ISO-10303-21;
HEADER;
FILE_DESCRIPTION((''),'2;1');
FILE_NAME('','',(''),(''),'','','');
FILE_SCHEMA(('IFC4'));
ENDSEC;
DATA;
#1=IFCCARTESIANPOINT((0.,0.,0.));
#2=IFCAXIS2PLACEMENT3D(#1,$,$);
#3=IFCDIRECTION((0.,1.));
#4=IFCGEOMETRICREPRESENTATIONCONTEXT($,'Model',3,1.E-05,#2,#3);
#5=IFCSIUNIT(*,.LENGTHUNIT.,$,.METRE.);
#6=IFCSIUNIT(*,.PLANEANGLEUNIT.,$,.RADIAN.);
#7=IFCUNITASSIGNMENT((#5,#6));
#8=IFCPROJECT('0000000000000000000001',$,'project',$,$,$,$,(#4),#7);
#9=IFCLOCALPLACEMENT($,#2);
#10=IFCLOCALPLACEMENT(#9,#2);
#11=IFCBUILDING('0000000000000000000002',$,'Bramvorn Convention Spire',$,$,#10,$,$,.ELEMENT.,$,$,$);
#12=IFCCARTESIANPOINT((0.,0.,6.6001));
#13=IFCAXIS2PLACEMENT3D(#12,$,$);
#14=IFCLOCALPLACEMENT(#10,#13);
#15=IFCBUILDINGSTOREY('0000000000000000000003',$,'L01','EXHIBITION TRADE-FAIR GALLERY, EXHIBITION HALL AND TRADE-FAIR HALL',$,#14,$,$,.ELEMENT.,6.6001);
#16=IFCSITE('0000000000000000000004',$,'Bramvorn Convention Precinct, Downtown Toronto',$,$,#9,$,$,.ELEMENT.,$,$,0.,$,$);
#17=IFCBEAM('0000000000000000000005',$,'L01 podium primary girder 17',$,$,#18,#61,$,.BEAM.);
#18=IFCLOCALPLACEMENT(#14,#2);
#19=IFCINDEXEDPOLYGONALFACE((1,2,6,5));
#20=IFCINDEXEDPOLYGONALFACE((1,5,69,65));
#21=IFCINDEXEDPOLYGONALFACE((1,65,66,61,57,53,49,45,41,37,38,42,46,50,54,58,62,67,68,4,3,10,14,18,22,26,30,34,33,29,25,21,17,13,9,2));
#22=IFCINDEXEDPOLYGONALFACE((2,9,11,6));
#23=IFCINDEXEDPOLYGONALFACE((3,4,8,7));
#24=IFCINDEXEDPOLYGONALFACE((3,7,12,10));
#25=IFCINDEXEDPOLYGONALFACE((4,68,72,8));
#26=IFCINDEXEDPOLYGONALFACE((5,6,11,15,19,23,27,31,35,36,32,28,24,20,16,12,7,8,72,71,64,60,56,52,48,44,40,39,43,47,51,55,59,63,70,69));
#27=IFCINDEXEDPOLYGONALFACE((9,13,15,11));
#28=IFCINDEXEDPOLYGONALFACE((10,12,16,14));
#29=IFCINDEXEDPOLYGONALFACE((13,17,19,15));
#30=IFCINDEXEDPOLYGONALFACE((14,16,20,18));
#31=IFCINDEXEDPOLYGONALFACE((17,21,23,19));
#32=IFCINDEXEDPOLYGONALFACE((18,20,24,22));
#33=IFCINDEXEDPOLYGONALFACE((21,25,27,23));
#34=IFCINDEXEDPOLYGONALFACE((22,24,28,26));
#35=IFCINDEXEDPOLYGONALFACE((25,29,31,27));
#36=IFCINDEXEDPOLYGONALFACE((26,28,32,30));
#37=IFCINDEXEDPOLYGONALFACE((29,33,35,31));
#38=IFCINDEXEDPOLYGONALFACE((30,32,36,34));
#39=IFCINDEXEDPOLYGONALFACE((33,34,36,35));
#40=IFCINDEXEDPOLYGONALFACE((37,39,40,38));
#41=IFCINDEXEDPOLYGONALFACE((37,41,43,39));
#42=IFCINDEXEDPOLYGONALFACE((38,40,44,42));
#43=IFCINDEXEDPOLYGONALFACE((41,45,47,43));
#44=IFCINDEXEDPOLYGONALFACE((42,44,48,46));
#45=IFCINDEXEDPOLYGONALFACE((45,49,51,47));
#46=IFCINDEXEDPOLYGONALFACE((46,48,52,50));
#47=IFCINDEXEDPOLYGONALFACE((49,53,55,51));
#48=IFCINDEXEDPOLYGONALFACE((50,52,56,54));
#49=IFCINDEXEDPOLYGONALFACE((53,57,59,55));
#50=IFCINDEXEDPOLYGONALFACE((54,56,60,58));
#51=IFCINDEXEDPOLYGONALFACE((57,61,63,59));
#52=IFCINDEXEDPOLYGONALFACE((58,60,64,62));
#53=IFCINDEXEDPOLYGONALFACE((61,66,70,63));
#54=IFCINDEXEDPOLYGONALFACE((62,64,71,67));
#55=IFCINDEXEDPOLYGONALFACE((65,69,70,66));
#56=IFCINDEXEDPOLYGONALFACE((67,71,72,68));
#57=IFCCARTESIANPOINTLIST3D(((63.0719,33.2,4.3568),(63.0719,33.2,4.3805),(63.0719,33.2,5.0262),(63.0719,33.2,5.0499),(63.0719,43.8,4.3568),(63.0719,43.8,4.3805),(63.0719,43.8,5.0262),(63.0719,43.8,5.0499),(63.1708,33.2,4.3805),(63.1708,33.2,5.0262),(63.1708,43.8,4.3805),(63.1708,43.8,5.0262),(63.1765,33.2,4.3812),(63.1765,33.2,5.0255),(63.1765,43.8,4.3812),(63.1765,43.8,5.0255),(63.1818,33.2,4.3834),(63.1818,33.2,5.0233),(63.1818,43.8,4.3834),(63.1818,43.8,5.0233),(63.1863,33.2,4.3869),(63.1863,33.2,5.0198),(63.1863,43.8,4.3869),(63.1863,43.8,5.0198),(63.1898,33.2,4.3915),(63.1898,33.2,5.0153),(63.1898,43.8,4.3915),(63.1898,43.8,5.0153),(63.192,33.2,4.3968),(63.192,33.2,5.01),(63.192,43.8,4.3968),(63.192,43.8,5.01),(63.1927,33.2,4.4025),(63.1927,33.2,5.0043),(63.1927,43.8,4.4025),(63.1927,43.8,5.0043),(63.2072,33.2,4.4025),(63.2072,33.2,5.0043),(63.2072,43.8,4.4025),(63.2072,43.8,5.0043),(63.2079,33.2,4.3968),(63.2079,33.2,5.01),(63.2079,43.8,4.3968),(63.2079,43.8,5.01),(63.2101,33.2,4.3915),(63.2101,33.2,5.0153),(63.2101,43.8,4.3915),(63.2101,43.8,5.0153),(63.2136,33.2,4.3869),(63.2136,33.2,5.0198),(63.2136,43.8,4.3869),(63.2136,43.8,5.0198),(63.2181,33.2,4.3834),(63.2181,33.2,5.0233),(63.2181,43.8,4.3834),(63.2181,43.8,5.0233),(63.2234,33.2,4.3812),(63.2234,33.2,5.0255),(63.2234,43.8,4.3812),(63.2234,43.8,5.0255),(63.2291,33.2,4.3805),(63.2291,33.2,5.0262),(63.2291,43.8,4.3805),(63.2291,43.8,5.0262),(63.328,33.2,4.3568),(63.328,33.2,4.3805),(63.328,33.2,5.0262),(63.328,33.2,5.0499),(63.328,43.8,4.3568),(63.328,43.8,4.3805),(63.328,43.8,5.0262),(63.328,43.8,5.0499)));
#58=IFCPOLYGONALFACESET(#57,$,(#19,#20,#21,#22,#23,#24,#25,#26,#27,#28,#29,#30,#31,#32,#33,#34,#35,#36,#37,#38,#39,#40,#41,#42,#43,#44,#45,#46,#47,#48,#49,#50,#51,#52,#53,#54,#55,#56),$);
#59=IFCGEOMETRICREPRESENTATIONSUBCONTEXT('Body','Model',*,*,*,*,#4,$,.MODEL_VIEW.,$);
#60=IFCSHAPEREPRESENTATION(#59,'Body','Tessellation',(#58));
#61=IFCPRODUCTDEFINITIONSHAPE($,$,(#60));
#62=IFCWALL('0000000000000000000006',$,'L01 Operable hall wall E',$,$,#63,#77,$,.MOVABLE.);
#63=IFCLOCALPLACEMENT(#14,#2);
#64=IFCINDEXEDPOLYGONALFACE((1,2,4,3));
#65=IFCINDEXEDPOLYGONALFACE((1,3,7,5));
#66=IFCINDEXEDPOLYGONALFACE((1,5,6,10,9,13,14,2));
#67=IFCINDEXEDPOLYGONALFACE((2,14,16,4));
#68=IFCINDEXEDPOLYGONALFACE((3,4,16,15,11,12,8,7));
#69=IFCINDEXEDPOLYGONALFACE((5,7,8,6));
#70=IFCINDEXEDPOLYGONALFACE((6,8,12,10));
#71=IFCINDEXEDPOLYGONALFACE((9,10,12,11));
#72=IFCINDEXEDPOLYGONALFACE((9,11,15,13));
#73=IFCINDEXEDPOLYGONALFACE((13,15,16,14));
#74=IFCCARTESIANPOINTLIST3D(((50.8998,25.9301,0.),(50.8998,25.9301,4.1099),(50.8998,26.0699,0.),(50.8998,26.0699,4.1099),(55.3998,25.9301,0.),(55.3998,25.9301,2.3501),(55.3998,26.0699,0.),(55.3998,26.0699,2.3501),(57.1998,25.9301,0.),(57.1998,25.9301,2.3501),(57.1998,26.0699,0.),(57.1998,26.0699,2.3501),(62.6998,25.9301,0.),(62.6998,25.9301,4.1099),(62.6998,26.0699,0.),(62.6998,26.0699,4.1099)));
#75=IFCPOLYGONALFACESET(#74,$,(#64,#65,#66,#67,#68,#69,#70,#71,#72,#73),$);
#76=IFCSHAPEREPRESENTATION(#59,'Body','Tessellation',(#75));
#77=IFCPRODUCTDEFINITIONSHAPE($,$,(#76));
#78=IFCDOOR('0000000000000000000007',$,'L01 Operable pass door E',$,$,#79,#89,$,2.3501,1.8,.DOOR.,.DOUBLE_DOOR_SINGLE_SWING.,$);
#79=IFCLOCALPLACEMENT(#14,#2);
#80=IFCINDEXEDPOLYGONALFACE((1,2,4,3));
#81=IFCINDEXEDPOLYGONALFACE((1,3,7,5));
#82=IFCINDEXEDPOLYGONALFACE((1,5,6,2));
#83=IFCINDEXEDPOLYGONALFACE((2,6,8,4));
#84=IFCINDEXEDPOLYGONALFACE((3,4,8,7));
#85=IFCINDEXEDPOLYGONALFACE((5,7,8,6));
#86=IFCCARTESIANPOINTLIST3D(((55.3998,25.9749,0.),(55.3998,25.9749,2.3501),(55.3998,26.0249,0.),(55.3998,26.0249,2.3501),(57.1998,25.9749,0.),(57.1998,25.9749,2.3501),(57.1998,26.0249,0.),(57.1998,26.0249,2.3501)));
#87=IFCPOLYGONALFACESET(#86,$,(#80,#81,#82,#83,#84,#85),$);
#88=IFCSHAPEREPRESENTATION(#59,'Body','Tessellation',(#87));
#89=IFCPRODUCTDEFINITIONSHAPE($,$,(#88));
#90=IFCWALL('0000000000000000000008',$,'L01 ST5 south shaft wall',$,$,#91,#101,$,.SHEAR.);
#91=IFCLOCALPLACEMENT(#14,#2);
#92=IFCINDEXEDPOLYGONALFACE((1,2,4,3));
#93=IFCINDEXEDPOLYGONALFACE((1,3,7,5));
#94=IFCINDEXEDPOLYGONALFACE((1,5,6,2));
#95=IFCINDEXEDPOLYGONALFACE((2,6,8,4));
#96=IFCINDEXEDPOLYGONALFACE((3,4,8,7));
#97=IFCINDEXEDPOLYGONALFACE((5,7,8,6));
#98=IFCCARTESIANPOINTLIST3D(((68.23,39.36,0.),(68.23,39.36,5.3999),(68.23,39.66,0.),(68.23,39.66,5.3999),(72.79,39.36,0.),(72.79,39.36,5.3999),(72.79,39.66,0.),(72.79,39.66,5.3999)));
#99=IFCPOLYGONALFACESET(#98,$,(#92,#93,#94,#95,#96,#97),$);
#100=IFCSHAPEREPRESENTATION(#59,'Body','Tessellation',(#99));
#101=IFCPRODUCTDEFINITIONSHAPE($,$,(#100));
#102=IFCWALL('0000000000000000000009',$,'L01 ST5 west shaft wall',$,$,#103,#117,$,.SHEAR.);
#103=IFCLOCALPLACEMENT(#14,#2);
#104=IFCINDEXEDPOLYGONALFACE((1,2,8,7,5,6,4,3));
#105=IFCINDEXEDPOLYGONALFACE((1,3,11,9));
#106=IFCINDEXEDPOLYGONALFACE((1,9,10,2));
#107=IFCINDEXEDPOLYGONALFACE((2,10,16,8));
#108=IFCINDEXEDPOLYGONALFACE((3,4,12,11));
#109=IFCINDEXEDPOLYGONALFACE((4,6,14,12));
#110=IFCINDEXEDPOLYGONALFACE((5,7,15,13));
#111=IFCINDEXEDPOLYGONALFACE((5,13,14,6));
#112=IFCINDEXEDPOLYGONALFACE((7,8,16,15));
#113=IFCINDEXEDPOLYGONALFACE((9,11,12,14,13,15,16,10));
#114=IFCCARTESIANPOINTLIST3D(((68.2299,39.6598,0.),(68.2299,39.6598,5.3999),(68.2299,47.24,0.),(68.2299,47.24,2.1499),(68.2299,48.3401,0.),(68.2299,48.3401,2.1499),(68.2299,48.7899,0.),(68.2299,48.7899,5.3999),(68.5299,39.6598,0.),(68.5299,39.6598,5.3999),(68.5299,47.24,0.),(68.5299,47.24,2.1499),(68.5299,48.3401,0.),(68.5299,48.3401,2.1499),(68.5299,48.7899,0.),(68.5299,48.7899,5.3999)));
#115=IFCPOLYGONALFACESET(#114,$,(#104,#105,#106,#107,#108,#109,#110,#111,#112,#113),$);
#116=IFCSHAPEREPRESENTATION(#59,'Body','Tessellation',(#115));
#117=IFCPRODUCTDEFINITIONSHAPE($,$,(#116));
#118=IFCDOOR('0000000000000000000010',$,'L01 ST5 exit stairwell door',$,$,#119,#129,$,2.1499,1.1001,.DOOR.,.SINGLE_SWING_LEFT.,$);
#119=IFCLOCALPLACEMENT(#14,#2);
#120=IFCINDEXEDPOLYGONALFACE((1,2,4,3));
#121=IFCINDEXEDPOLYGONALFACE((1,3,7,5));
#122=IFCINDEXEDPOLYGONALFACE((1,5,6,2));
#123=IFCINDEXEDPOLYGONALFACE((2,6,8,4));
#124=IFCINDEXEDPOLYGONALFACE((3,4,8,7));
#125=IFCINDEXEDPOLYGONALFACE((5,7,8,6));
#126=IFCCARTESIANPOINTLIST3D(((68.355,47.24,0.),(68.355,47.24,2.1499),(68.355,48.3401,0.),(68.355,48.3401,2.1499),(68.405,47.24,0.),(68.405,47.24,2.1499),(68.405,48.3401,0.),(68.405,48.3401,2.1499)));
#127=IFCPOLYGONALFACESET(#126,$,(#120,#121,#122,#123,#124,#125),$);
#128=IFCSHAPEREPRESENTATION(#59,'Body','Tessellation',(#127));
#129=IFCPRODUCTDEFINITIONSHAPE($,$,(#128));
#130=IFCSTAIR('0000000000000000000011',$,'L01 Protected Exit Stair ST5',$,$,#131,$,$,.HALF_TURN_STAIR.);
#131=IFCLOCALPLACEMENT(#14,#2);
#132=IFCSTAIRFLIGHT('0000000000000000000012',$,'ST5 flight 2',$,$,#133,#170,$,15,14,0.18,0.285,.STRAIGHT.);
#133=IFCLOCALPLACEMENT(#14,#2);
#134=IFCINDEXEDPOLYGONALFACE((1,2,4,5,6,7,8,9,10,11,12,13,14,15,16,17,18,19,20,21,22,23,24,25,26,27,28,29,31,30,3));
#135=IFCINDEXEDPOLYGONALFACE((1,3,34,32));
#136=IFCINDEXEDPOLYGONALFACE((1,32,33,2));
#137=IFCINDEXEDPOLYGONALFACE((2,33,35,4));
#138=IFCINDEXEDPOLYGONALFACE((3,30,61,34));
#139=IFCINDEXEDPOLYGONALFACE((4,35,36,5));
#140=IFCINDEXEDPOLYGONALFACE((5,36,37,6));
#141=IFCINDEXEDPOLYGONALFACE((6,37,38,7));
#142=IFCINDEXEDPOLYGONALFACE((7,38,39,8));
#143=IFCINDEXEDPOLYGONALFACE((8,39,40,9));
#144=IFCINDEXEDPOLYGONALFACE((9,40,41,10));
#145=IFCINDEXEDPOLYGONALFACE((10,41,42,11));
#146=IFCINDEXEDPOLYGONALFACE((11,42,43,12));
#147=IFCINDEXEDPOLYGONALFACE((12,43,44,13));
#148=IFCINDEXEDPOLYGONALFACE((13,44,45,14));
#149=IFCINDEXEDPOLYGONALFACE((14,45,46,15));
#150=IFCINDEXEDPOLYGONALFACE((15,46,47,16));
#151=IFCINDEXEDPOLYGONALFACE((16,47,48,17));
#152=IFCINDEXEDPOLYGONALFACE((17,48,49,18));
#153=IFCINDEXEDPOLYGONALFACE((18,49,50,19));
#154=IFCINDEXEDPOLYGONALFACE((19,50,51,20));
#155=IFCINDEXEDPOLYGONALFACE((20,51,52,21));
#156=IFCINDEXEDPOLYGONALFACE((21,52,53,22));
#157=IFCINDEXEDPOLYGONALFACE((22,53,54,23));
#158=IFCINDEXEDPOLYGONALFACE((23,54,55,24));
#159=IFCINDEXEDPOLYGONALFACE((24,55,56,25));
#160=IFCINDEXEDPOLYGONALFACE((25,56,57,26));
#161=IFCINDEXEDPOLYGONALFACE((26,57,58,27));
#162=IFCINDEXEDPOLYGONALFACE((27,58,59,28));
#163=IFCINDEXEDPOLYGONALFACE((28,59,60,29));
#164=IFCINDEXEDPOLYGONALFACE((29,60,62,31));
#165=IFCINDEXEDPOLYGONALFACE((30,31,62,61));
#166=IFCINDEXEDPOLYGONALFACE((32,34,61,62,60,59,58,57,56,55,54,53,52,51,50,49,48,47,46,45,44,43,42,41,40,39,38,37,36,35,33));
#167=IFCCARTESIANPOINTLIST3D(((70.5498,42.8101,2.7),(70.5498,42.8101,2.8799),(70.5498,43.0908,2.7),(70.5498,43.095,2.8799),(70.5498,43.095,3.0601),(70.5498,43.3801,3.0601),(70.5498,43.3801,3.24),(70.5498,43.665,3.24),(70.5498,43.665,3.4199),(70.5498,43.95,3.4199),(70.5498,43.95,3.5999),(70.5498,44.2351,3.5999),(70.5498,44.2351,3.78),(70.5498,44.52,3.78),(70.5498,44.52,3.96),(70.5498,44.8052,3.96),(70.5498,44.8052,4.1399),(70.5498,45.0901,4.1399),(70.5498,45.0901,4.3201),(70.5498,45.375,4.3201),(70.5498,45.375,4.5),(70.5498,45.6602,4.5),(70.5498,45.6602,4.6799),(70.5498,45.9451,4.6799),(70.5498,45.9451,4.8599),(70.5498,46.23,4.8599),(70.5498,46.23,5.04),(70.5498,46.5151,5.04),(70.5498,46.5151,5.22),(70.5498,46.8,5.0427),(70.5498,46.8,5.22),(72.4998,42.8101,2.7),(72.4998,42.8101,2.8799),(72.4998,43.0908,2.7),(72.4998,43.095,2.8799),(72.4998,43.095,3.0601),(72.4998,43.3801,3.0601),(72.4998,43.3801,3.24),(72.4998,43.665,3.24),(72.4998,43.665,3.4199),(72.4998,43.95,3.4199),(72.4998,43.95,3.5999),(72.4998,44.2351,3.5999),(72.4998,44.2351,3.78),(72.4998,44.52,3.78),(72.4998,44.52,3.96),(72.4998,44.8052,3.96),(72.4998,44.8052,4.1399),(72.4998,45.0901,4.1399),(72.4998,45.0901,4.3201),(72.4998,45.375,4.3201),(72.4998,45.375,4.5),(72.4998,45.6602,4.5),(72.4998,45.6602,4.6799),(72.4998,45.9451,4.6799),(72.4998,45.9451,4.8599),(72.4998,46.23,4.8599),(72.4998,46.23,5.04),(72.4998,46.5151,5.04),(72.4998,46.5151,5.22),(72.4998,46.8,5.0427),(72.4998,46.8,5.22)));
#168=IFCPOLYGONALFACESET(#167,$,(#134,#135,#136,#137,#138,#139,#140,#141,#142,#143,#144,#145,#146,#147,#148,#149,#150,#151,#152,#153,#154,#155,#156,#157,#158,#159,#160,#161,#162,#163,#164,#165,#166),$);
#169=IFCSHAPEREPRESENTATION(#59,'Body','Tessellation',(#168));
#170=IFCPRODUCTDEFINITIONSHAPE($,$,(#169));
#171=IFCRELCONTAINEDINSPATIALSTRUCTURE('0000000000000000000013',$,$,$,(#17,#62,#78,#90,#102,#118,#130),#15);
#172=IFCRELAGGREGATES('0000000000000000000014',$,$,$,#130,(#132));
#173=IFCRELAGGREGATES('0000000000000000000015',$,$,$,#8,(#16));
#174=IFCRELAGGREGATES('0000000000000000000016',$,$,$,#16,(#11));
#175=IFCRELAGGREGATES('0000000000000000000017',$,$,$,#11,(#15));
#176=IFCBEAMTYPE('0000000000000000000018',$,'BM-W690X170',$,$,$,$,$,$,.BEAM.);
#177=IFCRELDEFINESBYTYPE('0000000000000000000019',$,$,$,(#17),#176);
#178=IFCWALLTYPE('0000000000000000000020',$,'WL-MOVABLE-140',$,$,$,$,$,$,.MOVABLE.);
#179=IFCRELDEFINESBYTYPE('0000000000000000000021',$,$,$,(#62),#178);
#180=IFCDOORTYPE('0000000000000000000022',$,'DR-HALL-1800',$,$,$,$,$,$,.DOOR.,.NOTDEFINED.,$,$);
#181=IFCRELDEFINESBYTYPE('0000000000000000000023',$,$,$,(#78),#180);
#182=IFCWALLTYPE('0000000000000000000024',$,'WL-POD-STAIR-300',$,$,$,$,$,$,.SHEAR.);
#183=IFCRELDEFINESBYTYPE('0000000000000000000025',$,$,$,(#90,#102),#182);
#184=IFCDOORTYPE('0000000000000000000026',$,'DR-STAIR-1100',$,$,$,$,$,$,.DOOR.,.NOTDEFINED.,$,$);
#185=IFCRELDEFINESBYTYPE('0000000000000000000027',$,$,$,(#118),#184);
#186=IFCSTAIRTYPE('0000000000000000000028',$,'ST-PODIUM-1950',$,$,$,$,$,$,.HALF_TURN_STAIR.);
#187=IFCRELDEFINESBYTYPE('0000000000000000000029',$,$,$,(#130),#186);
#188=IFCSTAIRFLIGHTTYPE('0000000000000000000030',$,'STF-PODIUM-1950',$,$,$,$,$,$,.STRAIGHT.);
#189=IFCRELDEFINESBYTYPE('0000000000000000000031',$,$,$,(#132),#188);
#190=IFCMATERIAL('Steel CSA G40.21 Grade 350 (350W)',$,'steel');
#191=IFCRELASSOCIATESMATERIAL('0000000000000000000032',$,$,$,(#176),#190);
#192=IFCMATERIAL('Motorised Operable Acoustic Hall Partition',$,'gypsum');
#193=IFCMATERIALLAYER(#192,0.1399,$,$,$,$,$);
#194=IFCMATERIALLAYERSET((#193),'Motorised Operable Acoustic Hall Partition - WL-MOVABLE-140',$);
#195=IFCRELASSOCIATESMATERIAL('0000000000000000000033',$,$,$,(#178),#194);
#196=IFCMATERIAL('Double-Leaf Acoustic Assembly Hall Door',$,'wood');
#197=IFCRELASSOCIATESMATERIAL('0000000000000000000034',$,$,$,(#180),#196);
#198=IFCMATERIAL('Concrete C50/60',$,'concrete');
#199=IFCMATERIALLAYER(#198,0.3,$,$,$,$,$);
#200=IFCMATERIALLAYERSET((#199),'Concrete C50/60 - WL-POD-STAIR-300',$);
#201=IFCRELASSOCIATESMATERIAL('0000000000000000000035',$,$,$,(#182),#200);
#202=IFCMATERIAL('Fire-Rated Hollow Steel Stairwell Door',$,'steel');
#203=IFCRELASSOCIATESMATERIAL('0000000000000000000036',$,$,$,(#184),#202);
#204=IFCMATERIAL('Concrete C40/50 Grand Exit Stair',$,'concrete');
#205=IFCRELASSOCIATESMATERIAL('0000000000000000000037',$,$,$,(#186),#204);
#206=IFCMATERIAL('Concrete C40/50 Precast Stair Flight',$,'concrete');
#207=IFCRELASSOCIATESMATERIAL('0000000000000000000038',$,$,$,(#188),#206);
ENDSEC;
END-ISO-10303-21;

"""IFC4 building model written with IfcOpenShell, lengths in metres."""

from ifc_helpers import new_model, si_unit, direction, frame, frame_2d, origin, origin_2d, place, context, subcontext, project, spatial, polyline, rectangle, i_section, outline, extrude, material, layer, layer_set, material_profile, profile_set, type_object, element, fill, aggregate, save


model = new_model("IFC4")

# Units and contexts
model_context = context("Model", 3, precision=1e-05, world=origin(), true_north=direction((0.0, 1.0)))
body_context = subcontext(model_context, "Body", "Model", "MODEL_VIEW")
ifc_project = project(units=[si_unit("LENGTHUNIT", "METRE"), si_unit("PLANEANGLEUNIT", "RADIAN")], contexts=[model_context])

# Site, building, storey
site_placement = place(None, origin())
site = spatial("IfcSite", under=ifc_project, at=site_placement, Name="Bramvorn Convention Precinct, Downtown Toronto", CompositionType="ELEMENT", RefElevation=0.0)
building_placement = place(site_placement, origin())
building = spatial("IfcBuilding", under=site, at=building_placement, Name="Bramvorn Convention Spire", CompositionType="ELEMENT")
storey_placement = place(building_placement, frame((0.0, 0.0, 6.6001)))
storey = spatial("IfcBuildingStorey", under=building, at=storey_placement, Name="L01", Description="EXHIBITION TRADE-FAIR GALLERY, EXHIBITION HALL AND TRADE-FAIR HALL", CompositionType="ELEMENT", Elevation=6.6001)

# Shared definitions
ifc_material_1 = material(Name="Steel CSA G40.21 Grade 350 (350W)", Category="steel")

# Beam
ifc_material_profile_1 = material_profile(ifc_material_1, i_section(OverallWidth=0.2561, OverallDepth=0.6931, WebThickness=0.0144, FlangeThickness=0.0237, FilletRadius=0.022, at=origin_2d()))
ifc_profile_set_1 = profile_set([ifc_material_profile_1], Name="Steel CSA G40.21 Grade 350 (350W) - W690X170")
beam_type_1 = type_object("IfcBeamType", Name="BM-W690X170", PredefinedType="BEAM", material=ifc_profile_set_1)
beam_1_placement = place(storey_placement, frame((63.2, 33.2, 4.7034), z_axis=(0.0, 1.0, 0.0), x_axis=(-1.0, 0.0, 0.0)))
element("IfcBeam", 1, at=beam_1_placement, inside=storey, type_object=beam_type_1, Name="L01 podium primary girder 17", PredefinedType="BEAM", context=body_context, shape_type="SweptSolid", body=[
    extrude(i_section(OverallWidth=0.2561, OverallDepth=0.6931, WebThickness=0.0144, FlangeThickness=0.0237, FilletRadius=0.022, at=origin_2d()), origin(), (0.0, 0.0, 1.0), 10.6001),
])

# Wall, opening, door
ifc_material_2 = material(Name="Motorised Operable Acoustic Hall Partition", Category="gypsum")
ifc_layer_1 = layer(ifc_material_2, 0.1399)
ifc_layer_set_1 = layer_set([ifc_layer_1], Name="Motorised Operable Acoustic Hall Partition - WL-MOVABLE-140")
wall_type_1 = type_object("IfcWallType", Name="WL-MOVABLE-140", PredefinedType="MOVABLE", material=ifc_layer_set_1)
wall_1_placement = place(storey_placement, frame((50.8999, 26.0, 0.0), z_axis=(0.0, 0.0, 1.0), x_axis=(1.0, 0.0, 0.0)))
wall_1 = element("IfcWall", 2, at=wall_1_placement, inside=storey, type_object=wall_type_1, Name="L01 Operable hall wall E", PredefinedType="MOVABLE", context=body_context, shape_type="SweptSolid", body=[
    extrude(rectangle(XDim=11.8, YDim=0.1399, at=frame_2d((5.8999, 0.0))), origin(), (0.0, 0.0, 1.0), 4.1099),
])
opening_1_placement = place(wall_1_placement, frame((4.5, 0.0, 0.0)))
opening_1 = element("IfcOpeningElement", 3, at=opening_1_placement, cuts=wall_1, PredefinedType="OPENING", context=body_context, shape_type="SweptSolid", body=[
    extrude(rectangle(XDim=1.8, YDim=2.3501, at=frame_2d((0.8999, 1.175))), frame((0.0, 0.0798, 0.0), z_axis=(0.0, -1.0, 0.0), x_axis=(1.0, 0.0, 0.0)), (0.0, 0.0, 1.0), 0.1599),
])
ifc_material_3 = material(Name="Double-Leaf Acoustic Assembly Hall Door", Category="wood")
door_type_1 = type_object("IfcDoorType", Name="DR-HALL-1800", OperationType="NOTDEFINED", PredefinedType="DOOR", material=ifc_material_3)
door_1_placement = place(opening_1_placement, origin())
door_1 = element("IfcDoor", 4, at=door_1_placement, inside=storey, type_object=door_type_1, Name="L01 Operable pass door E", OperationType="DOUBLE_DOOR_SINGLE_SWING", OverallHeight=2.3501, OverallWidth=1.8, PredefinedType="DOOR", context=body_context, shape_type="SweptSolid", body=[
    extrude(rectangle(XDim=1.8, YDim=2.3501, at=frame_2d((0.8999, 1.175))), frame((0.0, 0.0249, 0.0), z_axis=(0.0, -1.0, 0.0), x_axis=(1.0, 0.0, 0.0)), (0.0, 0.0, 1.0), 0.05),
])
fill(opening_1, door_1)

# Wall
ifc_material_4 = material(Name="Concrete C50/60", Category="concrete")
ifc_layer_2 = layer(ifc_material_4, 0.3)
ifc_layer_set_2 = layer_set([ifc_layer_2], Name="Concrete C50/60 - WL-POD-STAIR-300")
wall_type_2 = type_object("IfcWallType", Name="WL-POD-STAIR-300", PredefinedType="SHEAR", material=ifc_layer_set_2)
wall_2_placement = place(storey_placement, frame((68.23, 39.51, 0.0), z_axis=(0.0, 0.0, 1.0), x_axis=(1.0, 0.0, 0.0)))
element("IfcWall", 5, at=wall_2_placement, inside=storey, type_object=wall_type_2, Name="L01 ST5 south shaft wall", PredefinedType="SHEAR", context=body_context, shape_type="SweptSolid", body=[
    extrude(rectangle(XDim=4.5601, YDim=0.3, at=frame_2d((2.28, 0.0))), origin(), (0.0, 0.0, 1.0), 5.3999),
])

# Wall, opening, door
wall_3_placement = place(storey_placement, frame((68.3799, 39.6599, 0.0), z_axis=(0.0, 0.0, 1.0), x_axis=(0.0, 1.0, 0.0)))
wall_3 = element("IfcWall", 6, at=wall_3_placement, inside=storey, type_object=wall_type_2, Name="L01 ST5 west shaft wall", PredefinedType="SHEAR", context=body_context, shape_type="SweptSolid", body=[
    extrude(rectangle(XDim=9.1301, YDim=0.3, at=frame_2d((4.5649, 0.0))), origin(), (0.0, 0.0, 1.0), 5.3999),
])
opening_2_placement = place(wall_3_placement, frame((7.5801, 0.0, 0.0)))
opening_2 = element("IfcOpeningElement", 7, at=opening_2_placement, cuts=wall_3, PredefinedType="OPENING", context=body_context, shape_type="SweptSolid", body=[
    extrude(rectangle(XDim=1.1001, YDim=2.1499, at=frame_2d((0.55, 1.075))), frame((0.0, 0.1599, 0.0), z_axis=(0.0, -1.0, 0.0), x_axis=(1.0, 0.0, 0.0)), (0.0, 0.0, 1.0), 0.3201),
])
ifc_material_5 = material(Name="Fire-Rated Hollow Steel Stairwell Door", Category="steel")
door_type_2 = type_object("IfcDoorType", Name="DR-STAIR-1100", OperationType="NOTDEFINED", PredefinedType="DOOR", material=ifc_material_5)
door_2_placement = place(opening_2_placement, origin())
door_2 = element("IfcDoor", 8, at=door_2_placement, inside=storey, type_object=door_type_2, Name="L01 ST5 exit stairwell door", OperationType="SINGLE_SWING_LEFT", OverallHeight=2.1499, OverallWidth=1.1001, PredefinedType="DOOR", context=body_context, shape_type="SweptSolid", body=[
    extrude(rectangle(XDim=1.1001, YDim=2.1499, at=frame_2d((0.55, 1.075))), frame((0.0, 0.0249, 0.0), z_axis=(0.0, -1.0, 0.0), x_axis=(1.0, 0.0, 0.0)), (0.0, 0.0, 1.0), 0.05),
])
fill(opening_2, door_2)

# Stair, stair flight
ifc_material_6 = material(Name="Concrete C40/50 Grand Exit Stair", Category="concrete")
stair_type = type_object("IfcStairType", Name="ST-PODIUM-1950", PredefinedType="HALF_TURN_STAIR", material=ifc_material_6)
stair_placement = place(storey_placement, origin())
stair = element("IfcStair", 9, at=stair_placement, inside=storey, type_object=stair_type, Name="L01 Protected Exit Stair ST5", PredefinedType="HALF_TURN_STAIR")
ifc_material_7 = material(Name="Concrete C40/50 Precast Stair Flight", Category="concrete")
stair_flight_type = type_object("IfcStairFlightType", Name="STF-PODIUM-1950", PredefinedType="STRAIGHT", material=ifc_material_7)
stair_flight_placement = place(storey_placement, frame((71.5249, 42.8101, 2.7), z_axis=(0.0, 0.0, 1.0), x_axis=(0.0, 1.0, 0.0)))
stair_flight = element("IfcStairFlight", 10, at=stair_flight_placement, type_object=stair_flight_type, Name="ST5 flight 2", NumberOfRisers=15, NumberOfTreads=14, PredefinedType="STRAIGHT", RiserHeight=0.18, TreadLength=0.285, context=body_context, shape_type="SweptSolid", body=[
    extrude(outline(polyline([(0.0, 0.0), (0.0, 0.1799), (0.2849, 0.1799), (0.2849, 0.3601), (0.5701, 0.3601), (0.5701, 0.54), (0.855, 0.54), (0.855, 0.72), (1.1399, 0.72), (1.1399, 0.8999), (1.425, 0.8999), (1.425, 1.0801), (1.71, 1.0801), (1.71, 1.26), (1.9951, 1.26), (1.9951, 1.4399), (2.28, 1.4399), (2.28, 1.6201), (2.5649, 1.6201), (2.5649, 1.8), (2.8501, 1.8), (2.8501, 1.98), (3.135, 1.98), (3.135, 2.1599), (3.4199, 2.1599), (3.4199, 2.3401), (3.7051, 2.3401), (3.7051, 2.52), (3.99, 2.52), (3.99, 2.7), (3.99, 2.3428), (0.2808, 0.0), (0.0, 0.0)])), frame((0.0, 0.9751, 0.0), z_axis=(0.0, -1.0, 0.0), x_axis=(1.0, 0.0, 0.0)), (0.0, 0.0, 1.0), 1.95),
])
aggregate(stair, [stair_flight])

save(model, "model.ifc")
